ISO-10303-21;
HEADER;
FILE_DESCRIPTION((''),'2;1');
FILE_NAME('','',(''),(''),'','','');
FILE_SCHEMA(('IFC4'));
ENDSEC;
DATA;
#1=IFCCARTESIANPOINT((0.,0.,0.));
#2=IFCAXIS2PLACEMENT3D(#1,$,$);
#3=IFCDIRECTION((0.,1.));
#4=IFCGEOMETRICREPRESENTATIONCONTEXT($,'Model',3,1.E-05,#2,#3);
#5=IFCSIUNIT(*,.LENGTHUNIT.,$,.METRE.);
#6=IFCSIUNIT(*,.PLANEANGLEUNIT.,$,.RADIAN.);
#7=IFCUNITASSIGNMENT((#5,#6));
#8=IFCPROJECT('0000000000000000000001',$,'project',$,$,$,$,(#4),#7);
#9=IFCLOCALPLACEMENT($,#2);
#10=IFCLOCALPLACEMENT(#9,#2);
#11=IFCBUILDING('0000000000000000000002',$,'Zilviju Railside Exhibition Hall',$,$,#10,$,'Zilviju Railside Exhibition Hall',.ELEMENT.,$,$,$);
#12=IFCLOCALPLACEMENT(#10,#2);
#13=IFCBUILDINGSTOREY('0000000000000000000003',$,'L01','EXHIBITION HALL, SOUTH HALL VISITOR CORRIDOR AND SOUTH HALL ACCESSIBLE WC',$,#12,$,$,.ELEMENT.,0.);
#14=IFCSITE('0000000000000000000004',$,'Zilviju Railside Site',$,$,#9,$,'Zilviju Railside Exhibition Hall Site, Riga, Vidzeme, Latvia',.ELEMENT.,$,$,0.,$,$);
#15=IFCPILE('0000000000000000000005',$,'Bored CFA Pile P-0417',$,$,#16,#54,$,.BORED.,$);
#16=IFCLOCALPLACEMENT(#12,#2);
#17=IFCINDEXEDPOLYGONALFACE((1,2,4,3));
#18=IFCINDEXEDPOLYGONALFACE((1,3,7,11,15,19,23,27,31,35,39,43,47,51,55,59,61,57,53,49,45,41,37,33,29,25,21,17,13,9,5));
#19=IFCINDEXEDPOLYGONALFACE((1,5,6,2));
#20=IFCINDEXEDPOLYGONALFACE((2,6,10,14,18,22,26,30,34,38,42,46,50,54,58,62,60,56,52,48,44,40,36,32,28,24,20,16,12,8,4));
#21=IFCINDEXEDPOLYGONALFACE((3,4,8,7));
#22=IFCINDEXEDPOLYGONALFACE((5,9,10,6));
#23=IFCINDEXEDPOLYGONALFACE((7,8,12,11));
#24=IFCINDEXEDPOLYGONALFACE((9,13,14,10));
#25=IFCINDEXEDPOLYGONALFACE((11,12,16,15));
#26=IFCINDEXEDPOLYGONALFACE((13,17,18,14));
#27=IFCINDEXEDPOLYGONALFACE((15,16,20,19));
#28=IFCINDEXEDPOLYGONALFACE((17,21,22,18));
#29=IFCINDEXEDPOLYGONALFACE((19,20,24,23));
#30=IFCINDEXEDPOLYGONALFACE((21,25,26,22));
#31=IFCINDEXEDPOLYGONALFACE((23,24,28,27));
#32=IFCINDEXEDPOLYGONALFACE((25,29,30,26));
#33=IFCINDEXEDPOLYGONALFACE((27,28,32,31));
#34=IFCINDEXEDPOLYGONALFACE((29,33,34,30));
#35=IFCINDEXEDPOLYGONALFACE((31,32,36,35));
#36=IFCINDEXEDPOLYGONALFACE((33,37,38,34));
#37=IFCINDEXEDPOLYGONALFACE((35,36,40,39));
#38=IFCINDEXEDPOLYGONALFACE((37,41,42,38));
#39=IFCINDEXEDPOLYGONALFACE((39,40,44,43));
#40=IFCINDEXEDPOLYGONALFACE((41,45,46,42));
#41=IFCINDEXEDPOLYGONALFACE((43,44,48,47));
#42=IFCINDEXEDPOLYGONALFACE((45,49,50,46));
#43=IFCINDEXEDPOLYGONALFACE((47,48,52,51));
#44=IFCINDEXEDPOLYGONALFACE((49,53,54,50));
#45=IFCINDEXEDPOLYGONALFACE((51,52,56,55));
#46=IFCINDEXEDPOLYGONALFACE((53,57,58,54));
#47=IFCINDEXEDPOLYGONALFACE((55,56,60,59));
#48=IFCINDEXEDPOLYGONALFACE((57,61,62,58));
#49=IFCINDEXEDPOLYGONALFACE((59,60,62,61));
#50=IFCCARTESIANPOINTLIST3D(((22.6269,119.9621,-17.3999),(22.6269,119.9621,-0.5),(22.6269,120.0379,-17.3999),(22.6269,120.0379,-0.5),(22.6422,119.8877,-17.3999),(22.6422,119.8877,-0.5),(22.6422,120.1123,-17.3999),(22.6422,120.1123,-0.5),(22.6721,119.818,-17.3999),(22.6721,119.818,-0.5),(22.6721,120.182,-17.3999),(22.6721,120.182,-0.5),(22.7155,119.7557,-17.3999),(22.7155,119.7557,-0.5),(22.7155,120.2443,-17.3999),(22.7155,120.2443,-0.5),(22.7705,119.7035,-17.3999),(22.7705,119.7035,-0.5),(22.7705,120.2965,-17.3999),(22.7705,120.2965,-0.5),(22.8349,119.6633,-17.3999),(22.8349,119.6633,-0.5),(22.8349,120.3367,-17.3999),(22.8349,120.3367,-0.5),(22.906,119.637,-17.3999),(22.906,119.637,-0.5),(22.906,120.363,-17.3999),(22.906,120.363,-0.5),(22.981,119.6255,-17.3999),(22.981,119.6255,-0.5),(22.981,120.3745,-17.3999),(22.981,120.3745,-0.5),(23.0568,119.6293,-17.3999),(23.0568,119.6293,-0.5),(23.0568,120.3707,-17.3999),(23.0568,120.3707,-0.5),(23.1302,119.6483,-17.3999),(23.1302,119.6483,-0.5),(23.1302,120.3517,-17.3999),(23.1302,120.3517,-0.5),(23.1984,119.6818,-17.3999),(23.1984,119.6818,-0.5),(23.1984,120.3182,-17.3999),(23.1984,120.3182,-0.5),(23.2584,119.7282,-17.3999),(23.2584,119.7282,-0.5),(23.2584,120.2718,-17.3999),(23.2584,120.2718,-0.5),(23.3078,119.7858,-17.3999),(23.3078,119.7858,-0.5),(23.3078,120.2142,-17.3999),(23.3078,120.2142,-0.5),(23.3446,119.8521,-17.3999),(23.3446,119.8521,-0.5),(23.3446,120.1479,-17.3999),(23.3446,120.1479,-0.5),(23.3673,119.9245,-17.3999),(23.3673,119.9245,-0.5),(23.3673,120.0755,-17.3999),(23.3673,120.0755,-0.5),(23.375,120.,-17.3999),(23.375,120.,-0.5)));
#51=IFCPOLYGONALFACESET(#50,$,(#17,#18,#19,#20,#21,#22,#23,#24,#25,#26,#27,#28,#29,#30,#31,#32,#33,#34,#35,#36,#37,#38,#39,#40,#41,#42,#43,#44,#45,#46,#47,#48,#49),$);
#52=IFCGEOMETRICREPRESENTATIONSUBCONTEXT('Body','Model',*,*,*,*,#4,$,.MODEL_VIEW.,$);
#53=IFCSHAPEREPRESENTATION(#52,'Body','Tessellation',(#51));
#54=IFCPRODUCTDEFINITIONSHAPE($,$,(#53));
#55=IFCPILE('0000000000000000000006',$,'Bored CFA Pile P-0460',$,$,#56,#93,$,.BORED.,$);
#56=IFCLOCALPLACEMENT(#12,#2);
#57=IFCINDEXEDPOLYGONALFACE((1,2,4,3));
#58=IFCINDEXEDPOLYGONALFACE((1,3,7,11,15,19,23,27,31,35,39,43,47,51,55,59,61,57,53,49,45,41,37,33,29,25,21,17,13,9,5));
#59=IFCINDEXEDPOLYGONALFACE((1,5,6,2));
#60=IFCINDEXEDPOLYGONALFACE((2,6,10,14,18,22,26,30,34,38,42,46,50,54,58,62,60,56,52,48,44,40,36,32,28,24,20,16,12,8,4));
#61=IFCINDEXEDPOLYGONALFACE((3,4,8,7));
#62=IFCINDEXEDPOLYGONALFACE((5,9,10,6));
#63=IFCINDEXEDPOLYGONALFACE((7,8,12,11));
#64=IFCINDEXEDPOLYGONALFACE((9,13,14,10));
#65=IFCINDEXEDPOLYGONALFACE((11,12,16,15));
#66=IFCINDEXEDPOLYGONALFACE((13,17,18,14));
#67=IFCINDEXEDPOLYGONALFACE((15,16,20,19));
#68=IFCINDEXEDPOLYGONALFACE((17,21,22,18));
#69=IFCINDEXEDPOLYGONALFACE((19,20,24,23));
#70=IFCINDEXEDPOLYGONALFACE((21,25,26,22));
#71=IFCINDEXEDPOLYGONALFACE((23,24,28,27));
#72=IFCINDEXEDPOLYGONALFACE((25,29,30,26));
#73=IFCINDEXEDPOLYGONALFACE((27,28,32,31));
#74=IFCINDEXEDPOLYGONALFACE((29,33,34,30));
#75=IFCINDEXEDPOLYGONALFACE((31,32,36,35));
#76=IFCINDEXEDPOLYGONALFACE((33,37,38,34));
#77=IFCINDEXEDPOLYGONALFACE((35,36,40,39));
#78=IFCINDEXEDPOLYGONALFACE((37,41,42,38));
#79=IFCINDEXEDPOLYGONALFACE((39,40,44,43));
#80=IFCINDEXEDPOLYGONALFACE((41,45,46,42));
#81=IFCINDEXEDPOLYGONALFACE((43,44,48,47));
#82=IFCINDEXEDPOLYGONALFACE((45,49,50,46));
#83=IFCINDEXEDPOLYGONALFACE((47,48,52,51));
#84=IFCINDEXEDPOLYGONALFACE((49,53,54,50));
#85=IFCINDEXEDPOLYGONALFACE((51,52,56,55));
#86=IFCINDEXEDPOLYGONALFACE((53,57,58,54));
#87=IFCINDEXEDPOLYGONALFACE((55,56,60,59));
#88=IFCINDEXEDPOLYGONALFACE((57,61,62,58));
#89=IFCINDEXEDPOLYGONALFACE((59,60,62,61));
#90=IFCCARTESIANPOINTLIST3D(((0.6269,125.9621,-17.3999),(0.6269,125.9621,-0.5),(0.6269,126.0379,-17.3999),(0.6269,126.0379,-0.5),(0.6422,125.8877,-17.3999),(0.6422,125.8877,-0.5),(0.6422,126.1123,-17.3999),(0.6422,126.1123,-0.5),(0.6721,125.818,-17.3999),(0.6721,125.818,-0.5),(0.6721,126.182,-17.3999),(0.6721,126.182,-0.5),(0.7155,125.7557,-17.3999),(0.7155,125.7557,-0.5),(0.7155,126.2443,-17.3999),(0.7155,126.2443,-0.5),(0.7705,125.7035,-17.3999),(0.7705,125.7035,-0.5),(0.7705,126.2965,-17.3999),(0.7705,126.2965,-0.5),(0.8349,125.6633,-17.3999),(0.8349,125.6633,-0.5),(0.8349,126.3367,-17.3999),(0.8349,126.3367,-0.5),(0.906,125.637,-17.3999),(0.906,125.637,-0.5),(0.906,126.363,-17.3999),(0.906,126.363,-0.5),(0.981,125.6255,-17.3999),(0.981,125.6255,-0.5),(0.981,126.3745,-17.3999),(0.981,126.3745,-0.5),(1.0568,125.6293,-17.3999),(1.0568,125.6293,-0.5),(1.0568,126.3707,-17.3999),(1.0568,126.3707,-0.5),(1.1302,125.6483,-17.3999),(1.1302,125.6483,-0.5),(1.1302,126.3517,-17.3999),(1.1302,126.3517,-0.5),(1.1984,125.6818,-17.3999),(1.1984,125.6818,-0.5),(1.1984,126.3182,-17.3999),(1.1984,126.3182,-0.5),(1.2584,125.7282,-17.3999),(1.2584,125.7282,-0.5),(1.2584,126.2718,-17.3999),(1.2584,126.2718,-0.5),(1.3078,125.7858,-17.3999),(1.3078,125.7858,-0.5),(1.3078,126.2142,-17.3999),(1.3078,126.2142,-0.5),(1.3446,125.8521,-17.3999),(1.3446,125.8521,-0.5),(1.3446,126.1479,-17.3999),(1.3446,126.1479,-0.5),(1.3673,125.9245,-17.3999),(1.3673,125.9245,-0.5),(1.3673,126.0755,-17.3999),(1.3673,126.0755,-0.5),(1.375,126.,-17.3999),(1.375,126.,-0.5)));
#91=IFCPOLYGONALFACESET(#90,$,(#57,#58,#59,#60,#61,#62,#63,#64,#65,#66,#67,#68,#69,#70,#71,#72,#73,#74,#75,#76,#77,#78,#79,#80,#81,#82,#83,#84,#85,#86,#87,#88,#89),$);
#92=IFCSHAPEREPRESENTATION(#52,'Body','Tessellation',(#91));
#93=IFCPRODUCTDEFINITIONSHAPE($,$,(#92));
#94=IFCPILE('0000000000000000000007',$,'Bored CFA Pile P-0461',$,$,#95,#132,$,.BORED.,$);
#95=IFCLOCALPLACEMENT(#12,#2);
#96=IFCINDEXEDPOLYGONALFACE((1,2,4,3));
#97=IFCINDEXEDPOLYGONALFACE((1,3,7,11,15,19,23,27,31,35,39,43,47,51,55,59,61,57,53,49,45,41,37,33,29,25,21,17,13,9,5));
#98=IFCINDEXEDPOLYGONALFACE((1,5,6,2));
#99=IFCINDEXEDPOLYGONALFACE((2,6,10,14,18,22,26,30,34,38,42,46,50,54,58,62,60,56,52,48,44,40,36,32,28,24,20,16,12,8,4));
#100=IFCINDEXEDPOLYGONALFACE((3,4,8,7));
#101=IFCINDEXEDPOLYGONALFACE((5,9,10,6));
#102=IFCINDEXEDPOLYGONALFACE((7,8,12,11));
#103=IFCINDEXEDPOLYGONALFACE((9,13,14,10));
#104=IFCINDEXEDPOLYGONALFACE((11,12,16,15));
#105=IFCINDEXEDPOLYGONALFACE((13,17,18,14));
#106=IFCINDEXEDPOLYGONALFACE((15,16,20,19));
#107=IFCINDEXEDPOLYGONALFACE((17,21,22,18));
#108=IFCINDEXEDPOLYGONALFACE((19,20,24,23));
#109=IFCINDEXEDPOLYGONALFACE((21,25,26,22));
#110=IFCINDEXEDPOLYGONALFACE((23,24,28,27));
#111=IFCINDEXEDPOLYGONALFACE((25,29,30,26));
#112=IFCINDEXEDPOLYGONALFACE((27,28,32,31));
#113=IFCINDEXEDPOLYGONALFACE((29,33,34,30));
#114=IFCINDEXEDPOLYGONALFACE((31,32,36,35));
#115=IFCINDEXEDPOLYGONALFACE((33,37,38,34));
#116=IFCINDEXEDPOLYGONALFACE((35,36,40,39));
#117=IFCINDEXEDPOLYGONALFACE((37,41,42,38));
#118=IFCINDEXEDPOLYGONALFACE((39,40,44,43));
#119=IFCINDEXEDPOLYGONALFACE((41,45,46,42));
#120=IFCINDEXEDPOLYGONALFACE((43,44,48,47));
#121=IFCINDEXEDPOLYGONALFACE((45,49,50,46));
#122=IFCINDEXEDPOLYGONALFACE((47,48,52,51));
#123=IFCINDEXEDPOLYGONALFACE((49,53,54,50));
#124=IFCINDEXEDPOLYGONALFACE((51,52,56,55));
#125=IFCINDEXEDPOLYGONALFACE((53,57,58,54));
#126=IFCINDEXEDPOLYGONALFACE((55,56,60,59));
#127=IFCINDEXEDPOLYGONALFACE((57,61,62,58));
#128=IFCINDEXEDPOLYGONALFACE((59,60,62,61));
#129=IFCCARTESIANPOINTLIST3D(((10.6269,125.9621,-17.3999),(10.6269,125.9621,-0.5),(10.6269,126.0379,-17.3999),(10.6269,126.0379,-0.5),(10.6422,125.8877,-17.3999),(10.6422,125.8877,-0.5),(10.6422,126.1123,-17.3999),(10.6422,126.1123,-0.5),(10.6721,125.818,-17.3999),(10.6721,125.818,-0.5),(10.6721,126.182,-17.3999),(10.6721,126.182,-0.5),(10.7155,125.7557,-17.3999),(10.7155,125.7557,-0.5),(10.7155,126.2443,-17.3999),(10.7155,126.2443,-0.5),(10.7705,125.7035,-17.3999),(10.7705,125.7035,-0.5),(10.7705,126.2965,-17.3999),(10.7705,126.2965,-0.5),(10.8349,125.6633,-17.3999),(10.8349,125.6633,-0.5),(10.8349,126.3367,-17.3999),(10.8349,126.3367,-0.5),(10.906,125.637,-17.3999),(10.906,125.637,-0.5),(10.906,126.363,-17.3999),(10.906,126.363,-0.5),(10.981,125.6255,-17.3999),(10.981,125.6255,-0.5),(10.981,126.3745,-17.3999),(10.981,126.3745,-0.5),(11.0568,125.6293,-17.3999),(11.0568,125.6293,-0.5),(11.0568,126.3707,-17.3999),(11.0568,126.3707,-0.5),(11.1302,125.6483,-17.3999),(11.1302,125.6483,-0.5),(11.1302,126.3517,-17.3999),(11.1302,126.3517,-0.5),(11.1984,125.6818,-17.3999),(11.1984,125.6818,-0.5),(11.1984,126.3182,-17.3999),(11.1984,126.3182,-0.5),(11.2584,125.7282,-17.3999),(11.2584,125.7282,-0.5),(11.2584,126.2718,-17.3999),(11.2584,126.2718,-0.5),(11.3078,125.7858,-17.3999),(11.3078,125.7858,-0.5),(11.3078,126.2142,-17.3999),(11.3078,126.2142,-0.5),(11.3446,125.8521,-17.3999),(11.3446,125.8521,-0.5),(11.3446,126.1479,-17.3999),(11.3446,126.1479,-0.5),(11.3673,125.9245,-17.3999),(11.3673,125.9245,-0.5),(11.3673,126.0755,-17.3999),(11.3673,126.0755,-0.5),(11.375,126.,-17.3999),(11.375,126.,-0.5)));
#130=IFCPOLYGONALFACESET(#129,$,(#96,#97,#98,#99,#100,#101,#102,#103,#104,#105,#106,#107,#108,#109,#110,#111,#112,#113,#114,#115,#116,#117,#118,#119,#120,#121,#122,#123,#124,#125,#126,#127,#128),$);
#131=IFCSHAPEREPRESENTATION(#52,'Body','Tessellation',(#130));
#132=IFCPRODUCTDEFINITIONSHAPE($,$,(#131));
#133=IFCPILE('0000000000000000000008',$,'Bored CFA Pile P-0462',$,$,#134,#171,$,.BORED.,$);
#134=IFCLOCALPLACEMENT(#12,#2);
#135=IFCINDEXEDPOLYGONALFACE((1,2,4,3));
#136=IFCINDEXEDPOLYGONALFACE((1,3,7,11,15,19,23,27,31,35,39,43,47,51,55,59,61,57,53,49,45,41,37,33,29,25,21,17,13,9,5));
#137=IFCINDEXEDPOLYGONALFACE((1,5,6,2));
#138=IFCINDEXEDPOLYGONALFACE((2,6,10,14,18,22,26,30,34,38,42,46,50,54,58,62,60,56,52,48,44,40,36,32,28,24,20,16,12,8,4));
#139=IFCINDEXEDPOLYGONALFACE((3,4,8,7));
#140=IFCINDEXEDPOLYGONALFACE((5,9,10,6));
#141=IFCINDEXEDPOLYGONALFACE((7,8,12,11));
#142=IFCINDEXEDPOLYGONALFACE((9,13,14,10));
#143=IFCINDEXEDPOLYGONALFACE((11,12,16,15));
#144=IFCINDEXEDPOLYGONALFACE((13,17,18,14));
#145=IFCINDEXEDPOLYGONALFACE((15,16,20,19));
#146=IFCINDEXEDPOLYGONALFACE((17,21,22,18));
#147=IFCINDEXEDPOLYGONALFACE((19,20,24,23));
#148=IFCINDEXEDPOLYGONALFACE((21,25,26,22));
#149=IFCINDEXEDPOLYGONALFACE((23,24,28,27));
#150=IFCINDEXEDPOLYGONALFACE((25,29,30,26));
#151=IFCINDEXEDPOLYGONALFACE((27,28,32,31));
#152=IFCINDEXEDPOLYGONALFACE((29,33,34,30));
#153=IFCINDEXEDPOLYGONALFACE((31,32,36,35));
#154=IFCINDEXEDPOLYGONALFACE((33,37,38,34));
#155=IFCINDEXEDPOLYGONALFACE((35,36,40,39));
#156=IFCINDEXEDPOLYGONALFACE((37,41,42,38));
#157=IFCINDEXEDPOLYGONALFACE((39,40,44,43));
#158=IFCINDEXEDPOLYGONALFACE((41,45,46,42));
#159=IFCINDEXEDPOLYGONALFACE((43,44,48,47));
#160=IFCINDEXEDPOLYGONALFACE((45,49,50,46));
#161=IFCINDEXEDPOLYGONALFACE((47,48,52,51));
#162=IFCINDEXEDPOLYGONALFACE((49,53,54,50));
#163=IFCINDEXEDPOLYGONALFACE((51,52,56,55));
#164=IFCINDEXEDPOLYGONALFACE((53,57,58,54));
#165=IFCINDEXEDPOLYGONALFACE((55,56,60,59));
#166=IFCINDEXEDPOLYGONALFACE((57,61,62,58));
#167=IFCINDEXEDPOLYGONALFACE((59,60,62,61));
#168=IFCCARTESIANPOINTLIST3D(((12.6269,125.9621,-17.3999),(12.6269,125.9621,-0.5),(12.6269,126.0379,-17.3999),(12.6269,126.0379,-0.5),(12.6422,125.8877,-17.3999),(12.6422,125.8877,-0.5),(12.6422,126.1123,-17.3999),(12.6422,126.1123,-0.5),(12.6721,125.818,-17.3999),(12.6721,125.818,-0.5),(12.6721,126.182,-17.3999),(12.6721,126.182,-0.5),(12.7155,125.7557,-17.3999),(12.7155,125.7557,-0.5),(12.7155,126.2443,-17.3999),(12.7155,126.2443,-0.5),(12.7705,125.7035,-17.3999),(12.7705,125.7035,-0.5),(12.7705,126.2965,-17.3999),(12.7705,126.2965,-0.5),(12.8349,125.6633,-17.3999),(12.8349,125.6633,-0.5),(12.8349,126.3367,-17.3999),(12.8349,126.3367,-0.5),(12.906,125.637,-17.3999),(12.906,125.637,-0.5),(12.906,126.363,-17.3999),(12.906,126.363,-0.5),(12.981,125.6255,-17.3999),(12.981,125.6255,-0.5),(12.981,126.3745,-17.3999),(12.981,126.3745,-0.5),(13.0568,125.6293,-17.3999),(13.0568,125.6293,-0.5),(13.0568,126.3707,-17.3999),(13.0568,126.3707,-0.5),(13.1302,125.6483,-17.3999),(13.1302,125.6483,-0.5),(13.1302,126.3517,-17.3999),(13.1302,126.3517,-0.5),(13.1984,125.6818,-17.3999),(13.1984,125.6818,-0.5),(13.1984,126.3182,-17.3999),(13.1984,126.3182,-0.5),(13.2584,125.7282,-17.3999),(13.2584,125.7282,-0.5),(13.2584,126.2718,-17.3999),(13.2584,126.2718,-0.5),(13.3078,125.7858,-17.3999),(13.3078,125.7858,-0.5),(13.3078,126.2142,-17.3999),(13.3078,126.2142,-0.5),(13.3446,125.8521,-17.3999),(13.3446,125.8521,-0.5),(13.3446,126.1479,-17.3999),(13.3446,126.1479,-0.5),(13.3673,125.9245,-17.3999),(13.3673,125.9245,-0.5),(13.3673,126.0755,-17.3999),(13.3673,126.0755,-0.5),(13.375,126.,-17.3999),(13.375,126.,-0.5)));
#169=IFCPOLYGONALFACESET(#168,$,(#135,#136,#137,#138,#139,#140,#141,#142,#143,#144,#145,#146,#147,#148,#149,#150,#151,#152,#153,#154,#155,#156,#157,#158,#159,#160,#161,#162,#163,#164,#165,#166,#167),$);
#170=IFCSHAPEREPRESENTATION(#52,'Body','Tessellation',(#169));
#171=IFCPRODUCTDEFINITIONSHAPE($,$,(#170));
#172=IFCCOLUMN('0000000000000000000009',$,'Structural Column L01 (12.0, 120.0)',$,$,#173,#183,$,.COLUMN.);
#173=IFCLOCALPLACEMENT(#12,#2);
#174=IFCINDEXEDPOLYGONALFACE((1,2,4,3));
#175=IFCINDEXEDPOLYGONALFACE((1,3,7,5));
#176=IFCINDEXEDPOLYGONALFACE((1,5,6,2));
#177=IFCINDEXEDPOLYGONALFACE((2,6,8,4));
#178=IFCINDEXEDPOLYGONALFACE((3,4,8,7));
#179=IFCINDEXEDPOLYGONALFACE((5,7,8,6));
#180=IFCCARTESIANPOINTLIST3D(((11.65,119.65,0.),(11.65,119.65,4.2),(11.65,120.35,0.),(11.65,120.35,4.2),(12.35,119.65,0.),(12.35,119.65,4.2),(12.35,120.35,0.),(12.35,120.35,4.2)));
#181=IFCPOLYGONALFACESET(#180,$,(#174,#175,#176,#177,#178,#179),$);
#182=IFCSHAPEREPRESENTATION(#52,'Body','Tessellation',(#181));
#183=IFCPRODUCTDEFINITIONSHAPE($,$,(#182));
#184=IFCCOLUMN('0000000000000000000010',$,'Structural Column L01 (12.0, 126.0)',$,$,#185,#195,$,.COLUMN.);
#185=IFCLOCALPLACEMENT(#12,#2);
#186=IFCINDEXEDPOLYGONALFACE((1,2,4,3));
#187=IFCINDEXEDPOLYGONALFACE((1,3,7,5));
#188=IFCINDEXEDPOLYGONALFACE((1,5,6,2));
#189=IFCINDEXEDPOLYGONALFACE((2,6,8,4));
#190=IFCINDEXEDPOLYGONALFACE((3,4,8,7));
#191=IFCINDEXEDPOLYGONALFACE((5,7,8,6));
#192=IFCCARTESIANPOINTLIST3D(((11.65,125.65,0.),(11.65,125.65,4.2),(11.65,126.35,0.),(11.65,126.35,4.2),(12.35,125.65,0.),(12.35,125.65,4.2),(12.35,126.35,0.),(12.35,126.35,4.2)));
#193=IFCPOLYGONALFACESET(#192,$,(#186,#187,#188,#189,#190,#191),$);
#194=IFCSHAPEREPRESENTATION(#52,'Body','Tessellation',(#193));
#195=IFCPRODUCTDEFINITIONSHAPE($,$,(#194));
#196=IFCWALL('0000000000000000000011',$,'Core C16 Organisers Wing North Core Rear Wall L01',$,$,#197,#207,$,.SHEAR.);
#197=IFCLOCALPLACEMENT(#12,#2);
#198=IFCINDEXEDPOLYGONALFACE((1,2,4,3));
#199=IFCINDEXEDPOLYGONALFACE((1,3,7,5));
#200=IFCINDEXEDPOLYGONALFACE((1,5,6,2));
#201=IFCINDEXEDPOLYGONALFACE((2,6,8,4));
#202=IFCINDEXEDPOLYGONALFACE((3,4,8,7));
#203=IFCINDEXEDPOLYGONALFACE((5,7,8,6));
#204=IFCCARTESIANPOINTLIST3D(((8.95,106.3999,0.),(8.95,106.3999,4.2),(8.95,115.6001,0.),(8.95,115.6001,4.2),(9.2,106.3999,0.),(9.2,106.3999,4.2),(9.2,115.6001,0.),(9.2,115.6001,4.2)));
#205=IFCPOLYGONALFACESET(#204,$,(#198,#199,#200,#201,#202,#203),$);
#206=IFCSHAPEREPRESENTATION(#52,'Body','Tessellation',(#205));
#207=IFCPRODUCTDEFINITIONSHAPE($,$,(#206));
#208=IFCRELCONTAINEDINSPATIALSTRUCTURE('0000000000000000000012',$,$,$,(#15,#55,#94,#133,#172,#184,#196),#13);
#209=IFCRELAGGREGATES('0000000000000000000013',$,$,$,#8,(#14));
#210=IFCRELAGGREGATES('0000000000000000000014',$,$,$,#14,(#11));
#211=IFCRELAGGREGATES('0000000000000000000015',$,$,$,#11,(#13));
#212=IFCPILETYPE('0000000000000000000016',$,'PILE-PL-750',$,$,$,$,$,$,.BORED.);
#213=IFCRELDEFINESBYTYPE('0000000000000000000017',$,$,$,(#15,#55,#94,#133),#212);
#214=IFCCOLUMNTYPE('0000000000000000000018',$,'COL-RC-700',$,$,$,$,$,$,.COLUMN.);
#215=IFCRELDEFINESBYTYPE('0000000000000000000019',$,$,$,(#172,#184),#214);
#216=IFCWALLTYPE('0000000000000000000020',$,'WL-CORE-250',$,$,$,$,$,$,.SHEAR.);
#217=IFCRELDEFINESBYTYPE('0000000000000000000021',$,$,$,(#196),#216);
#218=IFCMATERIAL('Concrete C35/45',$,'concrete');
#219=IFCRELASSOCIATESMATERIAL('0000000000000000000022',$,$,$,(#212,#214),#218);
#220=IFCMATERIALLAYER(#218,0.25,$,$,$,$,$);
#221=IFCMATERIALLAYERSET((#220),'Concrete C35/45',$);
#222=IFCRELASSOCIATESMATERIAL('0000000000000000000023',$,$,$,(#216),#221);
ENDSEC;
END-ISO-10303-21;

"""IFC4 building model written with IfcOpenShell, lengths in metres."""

from ifc_helpers import new_model, si_unit, direction, frame, frame_2d, origin, origin_2d, place, context, subcontext, project, spatial, rectangle, circle, extrude, material, layer, layer_set, material_profile, profile_set, type_object, element, save


model = new_model("IFC4")

# Units and contexts
model_context = context("Model", 3, precision=1e-05, world=origin(), true_north=direction((0.0, 1.0)))
body_context = subcontext(model_context, "Body", "Model", "MODEL_VIEW")
ifc_project = project(units=[si_unit("LENGTHUNIT", "METRE"), si_unit("PLANEANGLEUNIT", "RADIAN")], contexts=[model_context])

# Site, building, storey
site_placement = place(None, origin())
site = spatial("IfcSite", under=ifc_project, at=site_placement, Name="Zilviju Railside Site", LongName="Zilviju Railside Exhibition Hall Site, Riga, Vidzeme, Latvia", CompositionType="ELEMENT", RefElevation=0.0)
building_placement = place(site_placement, origin())
building = spatial("IfcBuilding", under=site, at=building_placement, Name="Zilviju Railside Exhibition Hall", LongName="Zilviju Railside Exhibition Hall", CompositionType="ELEMENT")
storey_placement = place(building_placement, origin())
storey = spatial("IfcBuildingStorey", under=building, at=storey_placement, Name="L01", Description="EXHIBITION HALL, SOUTH HALL VISITOR CORRIDOR AND SOUTH HALL ACCESSIBLE WC", CompositionType="ELEMENT", Elevation=0.0)

# Shared definitions
ifc_material_1 = material(Name="Concrete C35/45", Category="concrete")

# Piles
ifc_material_profile_1 = material_profile(ifc_material_1, circle(Radius=0.375, at=origin_2d()), Name="CFA PILE D750")
ifc_profile_set_1 = profile_set([ifc_material_profile_1], Name="Concrete C35/45")
pile_type = type_object("IfcPileType", Name="PILE-PL-750", PredefinedType="BORED", material=ifc_profile_set_1)
for number, where, z_axis, x_axis, name in (
    (1, (23.0, 120.0, -0.5), (0.0, 0.0, -1.0), (1.0, 0.0, 0.0), "Bored CFA Pile P-0417"),
    (2, (1.0, 126.0, -0.5), (0.0, 0.0, -1.0), (1.0, 0.0, 0.0), "Bored CFA Pile P-0460"),
    (3, (11.0, 126.0, -0.5), (0.0, 0.0, -1.0), (1.0, 0.0, 0.0), "Bored CFA Pile P-0461"),
    (4, (13.0, 126.0, -0.5), (0.0, 0.0, -1.0), (1.0, 0.0, 0.0), "Bored CFA Pile P-0462"),
):
    element("IfcPile", number, at=place(storey_placement, frame(where, z_axis=z_axis, x_axis=x_axis)), inside=storey, type_object=pile_type, Name=name, PredefinedType="BORED", context=body_context, shape_type="SweptSolid", body=[
        extrude(circle(Radius=0.375, at=origin_2d()), origin(), (0.0, 0.0, 1.0), 16.8999),
    ])

# Columns
ifc_material_profile_2 = material_profile(ifc_material_1, rectangle(XDim=0.7, YDim=0.7, at=origin_2d()), Name="RC COL 700x700")
ifc_profile_set_2 = profile_set([ifc_material_profile_2], Name="Concrete C35/45")
column_type = type_object("IfcColumnType", Name="COL-RC-700", PredefinedType="COLUMN", material=ifc_profile_set_2)
for number, where, z_axis, x_axis, name in (
    (5, (12.0, 120.0, 0.0), (0.0, 0.0, 1.0), (1.0, 0.0, 0.0), "Structural Column L01 (12.0, 120.0)"),
    (6, (12.0, 126.0, 0.0), (0.0, 0.0, 1.0), (1.0, 0.0, 0.0), "Structural Column L01 (12.0, 126.0)"),
):
    element("IfcColumn", number, at=place(storey_placement, frame(where, z_axis=z_axis, x_axis=x_axis)), inside=storey, type_object=column_type, Name=name, PredefinedType="COLUMN", context=body_context, shape_type="SweptSolid", body=[
        extrude(rectangle(XDim=0.7, YDim=0.7, at=origin_2d()), origin(), (0.0, 0.0, 1.0), 4.2),
    ])

# Wall
ifc_layer = layer(ifc_material_1, 0.25)
ifc_layer_set = layer_set([ifc_layer], Name="Concrete C35/45")
wall_type = type_object("IfcWallType", Name="WL-CORE-250", PredefinedType="SHEAR", material=ifc_layer_set)
wall_placement = place(storey_placement, frame((9.075, 106.3999, 0.0), z_axis=(0.0, 0.0, 1.0), x_axis=(0.0, 1.0, 0.0)))
element("IfcWall", 7, at=wall_placement, inside=storey, type_object=wall_type, Name="Core C16 Organisers Wing North Core Rear Wall L01", PredefinedType="SHEAR", context=body_context, shape_type="SweptSolid", body=[
    extrude(rectangle(XDim=9.2002, YDim=0.25, at=frame_2d((4.6001, 0.0))), origin(), (0.0, 0.0, 1.0), 4.2),
])

save(model, "model.ifc")
